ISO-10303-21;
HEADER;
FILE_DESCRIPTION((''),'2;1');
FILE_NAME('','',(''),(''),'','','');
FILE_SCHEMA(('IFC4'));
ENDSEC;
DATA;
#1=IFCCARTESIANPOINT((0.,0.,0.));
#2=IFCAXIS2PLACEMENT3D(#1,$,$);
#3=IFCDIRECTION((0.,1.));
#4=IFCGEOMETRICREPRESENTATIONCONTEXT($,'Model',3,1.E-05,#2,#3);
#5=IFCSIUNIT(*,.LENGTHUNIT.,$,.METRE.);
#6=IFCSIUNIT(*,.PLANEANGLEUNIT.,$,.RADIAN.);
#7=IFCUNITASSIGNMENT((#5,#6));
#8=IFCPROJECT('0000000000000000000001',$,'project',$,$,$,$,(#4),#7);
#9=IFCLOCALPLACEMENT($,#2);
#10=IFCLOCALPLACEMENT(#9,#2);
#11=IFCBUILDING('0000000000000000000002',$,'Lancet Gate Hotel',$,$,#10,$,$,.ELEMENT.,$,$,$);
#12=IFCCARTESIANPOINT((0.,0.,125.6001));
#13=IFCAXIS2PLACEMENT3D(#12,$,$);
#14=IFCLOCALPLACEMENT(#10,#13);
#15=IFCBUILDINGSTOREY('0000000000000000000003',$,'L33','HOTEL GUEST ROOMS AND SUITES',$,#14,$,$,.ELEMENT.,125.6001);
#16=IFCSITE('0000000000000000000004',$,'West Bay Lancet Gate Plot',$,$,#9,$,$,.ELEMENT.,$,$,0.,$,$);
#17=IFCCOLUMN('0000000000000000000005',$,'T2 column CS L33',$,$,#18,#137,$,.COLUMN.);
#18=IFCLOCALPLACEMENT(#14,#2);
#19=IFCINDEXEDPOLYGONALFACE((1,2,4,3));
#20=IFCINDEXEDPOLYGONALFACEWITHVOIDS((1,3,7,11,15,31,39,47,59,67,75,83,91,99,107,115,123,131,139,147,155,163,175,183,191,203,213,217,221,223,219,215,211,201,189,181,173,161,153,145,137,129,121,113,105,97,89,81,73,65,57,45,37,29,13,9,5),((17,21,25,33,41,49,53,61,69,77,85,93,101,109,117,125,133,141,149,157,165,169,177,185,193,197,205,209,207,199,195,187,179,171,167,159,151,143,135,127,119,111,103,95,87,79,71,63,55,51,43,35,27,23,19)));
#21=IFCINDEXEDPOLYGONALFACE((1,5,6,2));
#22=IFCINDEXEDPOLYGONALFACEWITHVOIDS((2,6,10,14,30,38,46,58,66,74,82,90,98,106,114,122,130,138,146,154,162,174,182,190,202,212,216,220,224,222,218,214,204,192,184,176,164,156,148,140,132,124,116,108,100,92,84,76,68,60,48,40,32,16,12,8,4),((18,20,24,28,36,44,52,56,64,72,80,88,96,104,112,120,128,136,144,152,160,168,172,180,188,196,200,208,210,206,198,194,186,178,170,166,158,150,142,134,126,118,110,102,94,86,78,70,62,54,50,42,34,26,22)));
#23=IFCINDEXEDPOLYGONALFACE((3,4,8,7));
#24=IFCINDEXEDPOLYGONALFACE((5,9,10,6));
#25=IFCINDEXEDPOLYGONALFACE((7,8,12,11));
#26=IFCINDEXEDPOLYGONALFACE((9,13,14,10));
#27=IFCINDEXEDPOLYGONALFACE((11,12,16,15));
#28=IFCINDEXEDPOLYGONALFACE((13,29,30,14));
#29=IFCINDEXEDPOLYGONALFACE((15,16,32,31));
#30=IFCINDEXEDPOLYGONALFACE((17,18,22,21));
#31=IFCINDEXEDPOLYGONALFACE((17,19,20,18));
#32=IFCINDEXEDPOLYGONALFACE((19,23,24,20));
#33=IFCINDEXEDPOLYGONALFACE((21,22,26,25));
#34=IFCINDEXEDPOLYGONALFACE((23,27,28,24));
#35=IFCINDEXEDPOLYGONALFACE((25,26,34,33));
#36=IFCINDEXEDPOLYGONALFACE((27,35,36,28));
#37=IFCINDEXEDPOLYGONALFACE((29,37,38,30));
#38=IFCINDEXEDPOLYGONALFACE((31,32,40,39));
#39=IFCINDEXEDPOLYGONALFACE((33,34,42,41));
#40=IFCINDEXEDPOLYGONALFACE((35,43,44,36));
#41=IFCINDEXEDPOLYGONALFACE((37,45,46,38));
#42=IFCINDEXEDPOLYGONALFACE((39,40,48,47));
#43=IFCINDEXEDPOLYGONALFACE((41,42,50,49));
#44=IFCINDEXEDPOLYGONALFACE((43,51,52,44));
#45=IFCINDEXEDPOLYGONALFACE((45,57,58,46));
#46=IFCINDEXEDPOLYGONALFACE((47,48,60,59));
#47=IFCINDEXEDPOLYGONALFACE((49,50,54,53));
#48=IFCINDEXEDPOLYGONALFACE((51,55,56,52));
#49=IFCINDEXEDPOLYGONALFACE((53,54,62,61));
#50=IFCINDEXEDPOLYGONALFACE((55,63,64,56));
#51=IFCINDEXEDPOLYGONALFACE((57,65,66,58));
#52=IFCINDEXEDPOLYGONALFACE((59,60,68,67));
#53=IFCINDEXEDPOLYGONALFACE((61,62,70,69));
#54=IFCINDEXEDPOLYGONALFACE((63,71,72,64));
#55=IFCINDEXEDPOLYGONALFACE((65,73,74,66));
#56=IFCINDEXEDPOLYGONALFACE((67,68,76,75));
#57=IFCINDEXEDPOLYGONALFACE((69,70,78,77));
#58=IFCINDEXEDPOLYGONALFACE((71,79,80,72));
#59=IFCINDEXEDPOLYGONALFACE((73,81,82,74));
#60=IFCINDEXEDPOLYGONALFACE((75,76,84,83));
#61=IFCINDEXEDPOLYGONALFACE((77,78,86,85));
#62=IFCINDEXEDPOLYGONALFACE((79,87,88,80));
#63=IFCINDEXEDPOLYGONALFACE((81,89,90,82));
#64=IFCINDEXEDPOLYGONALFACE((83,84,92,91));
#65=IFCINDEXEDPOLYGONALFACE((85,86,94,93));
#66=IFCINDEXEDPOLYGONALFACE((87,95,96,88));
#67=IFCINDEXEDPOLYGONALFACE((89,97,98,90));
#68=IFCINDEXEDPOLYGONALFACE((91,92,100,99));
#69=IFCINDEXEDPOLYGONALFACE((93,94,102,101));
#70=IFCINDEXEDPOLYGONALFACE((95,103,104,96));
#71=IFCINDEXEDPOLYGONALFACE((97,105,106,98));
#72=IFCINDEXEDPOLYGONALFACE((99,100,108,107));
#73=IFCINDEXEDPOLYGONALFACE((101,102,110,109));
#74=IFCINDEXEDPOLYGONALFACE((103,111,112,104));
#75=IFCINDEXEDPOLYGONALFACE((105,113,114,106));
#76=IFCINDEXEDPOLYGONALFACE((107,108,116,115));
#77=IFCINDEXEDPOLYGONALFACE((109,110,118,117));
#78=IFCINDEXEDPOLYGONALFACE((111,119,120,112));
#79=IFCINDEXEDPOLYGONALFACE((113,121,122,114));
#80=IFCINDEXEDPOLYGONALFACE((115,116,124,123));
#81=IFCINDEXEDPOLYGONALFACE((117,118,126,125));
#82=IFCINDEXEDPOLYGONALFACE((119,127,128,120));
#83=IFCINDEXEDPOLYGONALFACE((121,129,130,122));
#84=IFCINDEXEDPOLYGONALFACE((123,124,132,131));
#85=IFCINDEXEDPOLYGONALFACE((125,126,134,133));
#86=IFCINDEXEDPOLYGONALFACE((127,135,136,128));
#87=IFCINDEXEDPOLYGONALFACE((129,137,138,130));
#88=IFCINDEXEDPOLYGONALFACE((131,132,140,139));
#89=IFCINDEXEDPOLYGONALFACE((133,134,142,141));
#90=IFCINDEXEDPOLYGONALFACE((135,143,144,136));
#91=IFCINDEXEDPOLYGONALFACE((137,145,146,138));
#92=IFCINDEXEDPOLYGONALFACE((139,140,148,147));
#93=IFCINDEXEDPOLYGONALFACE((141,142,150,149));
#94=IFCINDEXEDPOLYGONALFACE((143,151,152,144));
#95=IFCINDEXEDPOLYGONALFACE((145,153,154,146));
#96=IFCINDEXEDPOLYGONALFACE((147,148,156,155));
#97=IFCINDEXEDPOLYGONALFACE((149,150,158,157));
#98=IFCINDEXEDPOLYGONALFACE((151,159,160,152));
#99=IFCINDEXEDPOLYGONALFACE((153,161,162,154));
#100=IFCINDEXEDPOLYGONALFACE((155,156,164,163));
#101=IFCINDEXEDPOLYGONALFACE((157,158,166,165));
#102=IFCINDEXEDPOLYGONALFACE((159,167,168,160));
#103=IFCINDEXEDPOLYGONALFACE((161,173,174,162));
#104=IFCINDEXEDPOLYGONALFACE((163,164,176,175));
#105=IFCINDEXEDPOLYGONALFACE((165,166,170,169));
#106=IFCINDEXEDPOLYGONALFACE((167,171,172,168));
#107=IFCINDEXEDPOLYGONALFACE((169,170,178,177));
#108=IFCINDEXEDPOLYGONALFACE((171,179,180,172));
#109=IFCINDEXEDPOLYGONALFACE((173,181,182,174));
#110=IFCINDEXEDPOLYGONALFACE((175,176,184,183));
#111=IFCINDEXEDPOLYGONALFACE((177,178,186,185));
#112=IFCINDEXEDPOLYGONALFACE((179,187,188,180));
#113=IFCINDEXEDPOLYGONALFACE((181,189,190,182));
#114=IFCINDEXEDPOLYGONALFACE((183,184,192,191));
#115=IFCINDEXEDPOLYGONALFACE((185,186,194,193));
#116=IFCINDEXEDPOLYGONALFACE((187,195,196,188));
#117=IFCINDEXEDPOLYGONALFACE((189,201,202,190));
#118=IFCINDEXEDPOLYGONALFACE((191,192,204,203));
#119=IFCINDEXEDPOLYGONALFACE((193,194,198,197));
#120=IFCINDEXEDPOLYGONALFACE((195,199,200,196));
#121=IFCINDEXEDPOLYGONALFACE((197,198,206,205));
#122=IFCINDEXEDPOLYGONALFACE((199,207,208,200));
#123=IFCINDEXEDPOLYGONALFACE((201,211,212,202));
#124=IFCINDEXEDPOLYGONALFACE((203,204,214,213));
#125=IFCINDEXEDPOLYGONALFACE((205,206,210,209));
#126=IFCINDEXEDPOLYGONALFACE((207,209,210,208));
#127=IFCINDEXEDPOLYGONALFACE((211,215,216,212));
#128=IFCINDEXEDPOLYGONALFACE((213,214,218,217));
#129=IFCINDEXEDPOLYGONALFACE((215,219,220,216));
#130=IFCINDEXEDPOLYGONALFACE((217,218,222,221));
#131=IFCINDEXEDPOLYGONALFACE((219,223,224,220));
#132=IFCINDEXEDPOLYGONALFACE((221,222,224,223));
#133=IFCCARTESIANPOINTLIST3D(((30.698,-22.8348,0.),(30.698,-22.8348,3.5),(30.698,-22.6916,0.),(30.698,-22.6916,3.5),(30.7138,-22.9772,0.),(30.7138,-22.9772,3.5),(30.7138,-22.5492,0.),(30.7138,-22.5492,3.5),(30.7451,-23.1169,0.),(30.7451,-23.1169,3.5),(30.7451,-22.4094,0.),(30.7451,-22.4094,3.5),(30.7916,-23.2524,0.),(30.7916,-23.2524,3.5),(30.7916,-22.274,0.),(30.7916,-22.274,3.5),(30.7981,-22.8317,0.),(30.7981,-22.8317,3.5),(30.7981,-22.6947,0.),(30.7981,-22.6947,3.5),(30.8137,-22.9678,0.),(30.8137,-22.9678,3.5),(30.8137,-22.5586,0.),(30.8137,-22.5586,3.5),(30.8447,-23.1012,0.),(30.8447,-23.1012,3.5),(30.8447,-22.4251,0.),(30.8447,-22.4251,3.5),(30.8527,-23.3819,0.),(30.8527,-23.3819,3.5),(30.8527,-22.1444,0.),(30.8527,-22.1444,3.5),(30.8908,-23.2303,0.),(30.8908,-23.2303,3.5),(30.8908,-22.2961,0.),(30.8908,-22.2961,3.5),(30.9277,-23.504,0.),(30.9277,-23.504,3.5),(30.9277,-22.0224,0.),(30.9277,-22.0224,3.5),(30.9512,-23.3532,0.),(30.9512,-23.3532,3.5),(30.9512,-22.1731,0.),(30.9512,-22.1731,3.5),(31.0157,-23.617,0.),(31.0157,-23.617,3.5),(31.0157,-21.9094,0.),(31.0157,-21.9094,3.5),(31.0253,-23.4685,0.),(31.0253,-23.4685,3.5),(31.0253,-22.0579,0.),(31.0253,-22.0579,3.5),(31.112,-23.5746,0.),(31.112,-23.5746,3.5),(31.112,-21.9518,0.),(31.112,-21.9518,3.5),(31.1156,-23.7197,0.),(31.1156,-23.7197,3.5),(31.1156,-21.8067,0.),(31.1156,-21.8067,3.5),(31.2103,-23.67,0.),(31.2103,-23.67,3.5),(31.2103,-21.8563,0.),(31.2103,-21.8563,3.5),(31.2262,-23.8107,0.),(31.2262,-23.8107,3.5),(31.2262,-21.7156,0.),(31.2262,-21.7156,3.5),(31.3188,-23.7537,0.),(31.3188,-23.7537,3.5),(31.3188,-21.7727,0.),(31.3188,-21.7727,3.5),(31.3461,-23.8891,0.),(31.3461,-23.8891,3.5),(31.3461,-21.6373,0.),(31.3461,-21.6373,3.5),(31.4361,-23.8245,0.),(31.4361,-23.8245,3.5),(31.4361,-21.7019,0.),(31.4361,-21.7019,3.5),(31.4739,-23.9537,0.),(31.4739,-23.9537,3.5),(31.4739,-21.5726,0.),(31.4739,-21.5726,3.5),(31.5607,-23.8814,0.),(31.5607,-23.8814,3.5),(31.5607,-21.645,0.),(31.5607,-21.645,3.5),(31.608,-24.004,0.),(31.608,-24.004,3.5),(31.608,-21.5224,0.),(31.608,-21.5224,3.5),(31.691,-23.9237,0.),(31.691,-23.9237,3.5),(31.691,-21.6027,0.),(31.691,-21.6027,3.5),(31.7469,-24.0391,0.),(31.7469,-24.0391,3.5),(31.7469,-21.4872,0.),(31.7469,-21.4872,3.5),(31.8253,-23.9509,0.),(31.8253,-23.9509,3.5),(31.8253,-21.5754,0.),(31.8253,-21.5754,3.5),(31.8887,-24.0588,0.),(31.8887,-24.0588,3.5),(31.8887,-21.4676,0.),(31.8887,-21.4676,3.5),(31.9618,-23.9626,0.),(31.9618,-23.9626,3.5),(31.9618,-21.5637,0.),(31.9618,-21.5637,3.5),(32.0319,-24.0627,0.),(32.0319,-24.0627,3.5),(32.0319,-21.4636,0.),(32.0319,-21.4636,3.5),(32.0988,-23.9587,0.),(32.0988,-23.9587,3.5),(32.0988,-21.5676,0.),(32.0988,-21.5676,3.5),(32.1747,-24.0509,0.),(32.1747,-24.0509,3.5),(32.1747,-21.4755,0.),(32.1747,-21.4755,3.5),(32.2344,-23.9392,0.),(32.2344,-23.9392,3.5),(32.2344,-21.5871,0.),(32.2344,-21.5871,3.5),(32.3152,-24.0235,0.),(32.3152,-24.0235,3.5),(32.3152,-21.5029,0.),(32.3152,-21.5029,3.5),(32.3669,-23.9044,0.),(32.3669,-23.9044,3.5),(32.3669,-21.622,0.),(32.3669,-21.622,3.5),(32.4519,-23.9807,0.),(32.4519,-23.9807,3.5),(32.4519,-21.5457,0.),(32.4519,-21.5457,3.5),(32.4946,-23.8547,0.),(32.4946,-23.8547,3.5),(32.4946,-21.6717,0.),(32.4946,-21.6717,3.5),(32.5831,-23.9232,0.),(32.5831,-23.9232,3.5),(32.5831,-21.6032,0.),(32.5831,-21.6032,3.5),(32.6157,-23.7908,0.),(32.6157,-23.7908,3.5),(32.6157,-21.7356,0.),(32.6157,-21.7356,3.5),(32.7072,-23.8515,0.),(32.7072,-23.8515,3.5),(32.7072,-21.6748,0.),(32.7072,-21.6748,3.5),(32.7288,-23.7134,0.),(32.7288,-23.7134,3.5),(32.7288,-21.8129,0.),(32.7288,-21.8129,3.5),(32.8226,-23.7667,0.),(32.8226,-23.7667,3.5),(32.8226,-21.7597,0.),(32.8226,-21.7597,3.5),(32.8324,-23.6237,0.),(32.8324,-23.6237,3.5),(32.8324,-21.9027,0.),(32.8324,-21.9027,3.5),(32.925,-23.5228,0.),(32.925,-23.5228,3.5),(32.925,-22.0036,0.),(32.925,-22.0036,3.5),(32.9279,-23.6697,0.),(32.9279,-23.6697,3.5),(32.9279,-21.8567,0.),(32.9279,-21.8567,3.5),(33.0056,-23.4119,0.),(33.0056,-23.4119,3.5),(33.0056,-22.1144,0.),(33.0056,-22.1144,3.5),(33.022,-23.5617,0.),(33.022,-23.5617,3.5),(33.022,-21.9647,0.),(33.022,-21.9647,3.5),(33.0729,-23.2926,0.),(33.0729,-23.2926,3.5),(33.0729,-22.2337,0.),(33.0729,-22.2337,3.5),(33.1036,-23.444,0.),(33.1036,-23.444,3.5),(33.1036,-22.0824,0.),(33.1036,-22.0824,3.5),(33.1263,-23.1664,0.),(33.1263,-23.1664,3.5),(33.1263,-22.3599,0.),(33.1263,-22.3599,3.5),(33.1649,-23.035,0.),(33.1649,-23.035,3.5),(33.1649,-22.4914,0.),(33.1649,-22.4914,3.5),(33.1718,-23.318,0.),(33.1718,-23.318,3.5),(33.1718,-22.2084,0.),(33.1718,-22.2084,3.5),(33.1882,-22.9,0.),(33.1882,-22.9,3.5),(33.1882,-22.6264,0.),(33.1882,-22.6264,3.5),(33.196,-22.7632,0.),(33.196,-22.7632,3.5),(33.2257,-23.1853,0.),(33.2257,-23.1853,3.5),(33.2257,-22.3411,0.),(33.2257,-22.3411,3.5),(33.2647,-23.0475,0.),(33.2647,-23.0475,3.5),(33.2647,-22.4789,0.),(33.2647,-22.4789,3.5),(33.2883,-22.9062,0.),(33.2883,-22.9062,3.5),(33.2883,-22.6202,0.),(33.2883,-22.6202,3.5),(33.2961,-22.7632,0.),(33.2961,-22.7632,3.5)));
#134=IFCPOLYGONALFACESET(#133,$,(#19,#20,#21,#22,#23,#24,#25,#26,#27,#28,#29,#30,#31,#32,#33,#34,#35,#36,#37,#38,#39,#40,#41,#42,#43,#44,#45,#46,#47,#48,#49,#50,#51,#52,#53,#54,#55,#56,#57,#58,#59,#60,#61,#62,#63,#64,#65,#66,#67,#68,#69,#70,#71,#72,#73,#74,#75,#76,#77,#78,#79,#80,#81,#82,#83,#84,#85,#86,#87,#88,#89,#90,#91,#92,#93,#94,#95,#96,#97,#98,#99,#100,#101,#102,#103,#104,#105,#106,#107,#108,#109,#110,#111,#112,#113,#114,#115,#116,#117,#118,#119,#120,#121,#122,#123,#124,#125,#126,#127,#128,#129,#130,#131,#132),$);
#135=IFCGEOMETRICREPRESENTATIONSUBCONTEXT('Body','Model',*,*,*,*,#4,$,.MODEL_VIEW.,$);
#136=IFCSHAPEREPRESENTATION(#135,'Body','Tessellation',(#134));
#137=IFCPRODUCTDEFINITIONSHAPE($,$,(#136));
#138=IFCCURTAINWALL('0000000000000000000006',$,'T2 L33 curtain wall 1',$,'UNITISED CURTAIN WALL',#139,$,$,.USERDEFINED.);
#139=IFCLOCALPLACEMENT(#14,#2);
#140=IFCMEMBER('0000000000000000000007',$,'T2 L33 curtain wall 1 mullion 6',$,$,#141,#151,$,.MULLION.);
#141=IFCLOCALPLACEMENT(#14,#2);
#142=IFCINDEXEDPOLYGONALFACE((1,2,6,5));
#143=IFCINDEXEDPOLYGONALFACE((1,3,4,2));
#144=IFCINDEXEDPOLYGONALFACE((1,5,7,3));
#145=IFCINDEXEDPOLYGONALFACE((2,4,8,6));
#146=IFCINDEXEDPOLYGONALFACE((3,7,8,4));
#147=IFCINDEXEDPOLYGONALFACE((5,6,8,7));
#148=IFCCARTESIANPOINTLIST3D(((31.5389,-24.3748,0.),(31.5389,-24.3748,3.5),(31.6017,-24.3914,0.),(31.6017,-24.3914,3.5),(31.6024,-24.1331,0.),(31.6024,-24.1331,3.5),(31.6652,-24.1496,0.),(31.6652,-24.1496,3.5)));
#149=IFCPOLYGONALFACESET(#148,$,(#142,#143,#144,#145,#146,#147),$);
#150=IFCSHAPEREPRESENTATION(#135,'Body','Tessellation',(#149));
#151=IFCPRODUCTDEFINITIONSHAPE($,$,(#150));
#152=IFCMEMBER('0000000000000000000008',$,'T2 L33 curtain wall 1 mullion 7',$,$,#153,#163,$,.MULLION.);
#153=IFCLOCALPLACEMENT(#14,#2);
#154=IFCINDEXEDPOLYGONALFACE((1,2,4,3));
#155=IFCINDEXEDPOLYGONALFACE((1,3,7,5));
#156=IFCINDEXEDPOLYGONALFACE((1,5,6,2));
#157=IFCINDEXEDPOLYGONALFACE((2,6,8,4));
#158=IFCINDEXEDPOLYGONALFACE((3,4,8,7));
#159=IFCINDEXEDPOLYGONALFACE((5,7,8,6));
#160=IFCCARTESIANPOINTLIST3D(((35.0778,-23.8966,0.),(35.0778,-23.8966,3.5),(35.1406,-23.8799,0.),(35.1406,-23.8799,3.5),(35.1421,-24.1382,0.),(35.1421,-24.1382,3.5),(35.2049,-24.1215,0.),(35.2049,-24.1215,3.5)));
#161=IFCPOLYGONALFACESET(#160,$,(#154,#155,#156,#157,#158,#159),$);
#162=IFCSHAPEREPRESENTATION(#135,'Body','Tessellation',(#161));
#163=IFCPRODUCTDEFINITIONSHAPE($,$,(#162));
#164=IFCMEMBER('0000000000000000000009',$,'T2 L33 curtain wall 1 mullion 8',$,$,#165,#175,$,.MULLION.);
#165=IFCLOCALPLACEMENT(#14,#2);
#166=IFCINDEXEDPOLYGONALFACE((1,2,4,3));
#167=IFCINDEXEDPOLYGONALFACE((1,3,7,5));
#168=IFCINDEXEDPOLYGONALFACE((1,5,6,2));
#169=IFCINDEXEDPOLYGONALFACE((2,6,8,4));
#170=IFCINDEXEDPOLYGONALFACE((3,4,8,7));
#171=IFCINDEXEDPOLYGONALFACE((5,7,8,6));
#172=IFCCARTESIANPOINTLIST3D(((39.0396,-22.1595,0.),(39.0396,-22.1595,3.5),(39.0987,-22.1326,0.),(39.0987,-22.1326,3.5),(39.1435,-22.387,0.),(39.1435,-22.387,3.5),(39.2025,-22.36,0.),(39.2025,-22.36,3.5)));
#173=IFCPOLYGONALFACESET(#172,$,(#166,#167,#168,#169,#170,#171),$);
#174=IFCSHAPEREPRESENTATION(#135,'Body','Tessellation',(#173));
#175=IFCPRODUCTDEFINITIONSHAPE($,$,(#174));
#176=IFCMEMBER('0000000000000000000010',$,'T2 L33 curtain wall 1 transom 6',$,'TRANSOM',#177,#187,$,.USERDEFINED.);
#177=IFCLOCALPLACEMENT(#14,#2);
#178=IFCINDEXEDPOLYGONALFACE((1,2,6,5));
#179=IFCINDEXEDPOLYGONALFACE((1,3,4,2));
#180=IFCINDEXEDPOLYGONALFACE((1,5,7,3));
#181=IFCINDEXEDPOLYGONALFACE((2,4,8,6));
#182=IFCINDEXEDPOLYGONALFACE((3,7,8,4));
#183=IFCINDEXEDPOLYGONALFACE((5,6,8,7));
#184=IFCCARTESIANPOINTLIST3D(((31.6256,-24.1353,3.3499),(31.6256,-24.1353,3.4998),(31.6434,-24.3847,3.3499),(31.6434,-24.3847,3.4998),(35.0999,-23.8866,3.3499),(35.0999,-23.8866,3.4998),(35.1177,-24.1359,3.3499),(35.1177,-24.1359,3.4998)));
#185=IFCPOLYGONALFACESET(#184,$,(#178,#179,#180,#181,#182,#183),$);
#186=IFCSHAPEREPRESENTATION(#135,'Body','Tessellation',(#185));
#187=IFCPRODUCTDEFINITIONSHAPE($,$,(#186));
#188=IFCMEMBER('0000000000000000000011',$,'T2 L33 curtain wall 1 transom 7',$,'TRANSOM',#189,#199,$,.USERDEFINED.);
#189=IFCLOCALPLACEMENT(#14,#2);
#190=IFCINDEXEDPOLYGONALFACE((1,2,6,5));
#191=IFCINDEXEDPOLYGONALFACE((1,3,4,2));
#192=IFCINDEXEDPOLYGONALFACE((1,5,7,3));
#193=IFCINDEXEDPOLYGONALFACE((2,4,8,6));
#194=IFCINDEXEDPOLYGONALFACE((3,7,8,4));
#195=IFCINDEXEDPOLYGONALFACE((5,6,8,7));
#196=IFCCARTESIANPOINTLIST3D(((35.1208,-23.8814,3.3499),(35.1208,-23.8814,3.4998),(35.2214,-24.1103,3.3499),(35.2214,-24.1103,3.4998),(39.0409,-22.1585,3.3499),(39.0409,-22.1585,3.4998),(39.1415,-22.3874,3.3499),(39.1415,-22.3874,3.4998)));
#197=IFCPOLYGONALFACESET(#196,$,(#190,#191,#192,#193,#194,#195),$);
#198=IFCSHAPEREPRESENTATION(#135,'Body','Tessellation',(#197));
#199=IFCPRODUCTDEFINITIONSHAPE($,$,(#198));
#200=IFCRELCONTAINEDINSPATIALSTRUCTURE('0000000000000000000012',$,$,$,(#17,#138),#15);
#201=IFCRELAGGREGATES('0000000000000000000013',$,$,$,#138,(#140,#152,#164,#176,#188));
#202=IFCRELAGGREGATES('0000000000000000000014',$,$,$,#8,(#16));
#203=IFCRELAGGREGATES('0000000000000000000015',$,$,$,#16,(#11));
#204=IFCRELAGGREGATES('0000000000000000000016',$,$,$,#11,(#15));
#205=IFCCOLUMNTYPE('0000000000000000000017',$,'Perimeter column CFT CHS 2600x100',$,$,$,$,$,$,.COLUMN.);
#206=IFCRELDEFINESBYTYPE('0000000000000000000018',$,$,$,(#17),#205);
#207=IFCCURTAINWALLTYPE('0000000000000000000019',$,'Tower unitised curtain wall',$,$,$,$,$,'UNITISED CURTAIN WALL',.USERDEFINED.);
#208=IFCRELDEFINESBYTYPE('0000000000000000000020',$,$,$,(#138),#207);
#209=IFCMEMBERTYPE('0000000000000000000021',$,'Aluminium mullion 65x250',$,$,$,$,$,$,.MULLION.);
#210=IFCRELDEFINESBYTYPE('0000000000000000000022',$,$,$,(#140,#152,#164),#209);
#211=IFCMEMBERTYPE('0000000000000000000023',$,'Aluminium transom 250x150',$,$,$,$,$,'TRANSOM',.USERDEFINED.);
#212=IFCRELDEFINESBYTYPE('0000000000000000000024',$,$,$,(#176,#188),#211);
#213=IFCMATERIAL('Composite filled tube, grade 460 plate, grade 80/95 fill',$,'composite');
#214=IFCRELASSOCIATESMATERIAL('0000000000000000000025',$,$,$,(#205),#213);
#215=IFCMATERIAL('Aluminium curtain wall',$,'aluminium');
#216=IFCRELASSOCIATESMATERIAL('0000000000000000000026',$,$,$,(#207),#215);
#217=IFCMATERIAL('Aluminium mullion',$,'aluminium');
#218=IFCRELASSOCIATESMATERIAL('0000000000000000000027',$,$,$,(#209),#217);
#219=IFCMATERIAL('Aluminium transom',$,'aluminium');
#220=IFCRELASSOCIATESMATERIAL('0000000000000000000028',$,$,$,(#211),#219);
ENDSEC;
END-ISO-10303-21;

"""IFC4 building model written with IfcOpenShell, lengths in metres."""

from ifc_helpers import new_model, si_unit, direction, frame, origin, origin_2d, place, context, subcontext, project, spatial, rectangle, hollow_circle, extrude, material, material_profile, profile_set, type_object, element, aggregate, save


model = new_model("IFC4")

# Units and contexts
model_context = context("Model", 3, precision=1e-05, world=origin(), true_north=direction((0.0, 1.0)))
body_context = subcontext(model_context, "Body", "Model", "MODEL_VIEW")
ifc_project = project(units=[si_unit("LENGTHUNIT", "METRE"), si_unit("PLANEANGLEUNIT", "RADIAN")], contexts=[model_context])

# Site, building, storey
site_placement = place(None, origin())
site = spatial("IfcSite", under=ifc_project, at=site_placement, Name="West Bay Lancet Gate Plot", CompositionType="ELEMENT", RefElevation=0.0)
building_placement = place(site_placement, origin())
building = spatial("IfcBuilding", under=site, at=building_placement, Name="Lancet Gate Hotel", CompositionType="ELEMENT")
storey_placement = place(building_placement, frame((0.0, 0.0, 125.6001)))
storey = spatial("IfcBuildingStorey", under=building, at=storey_placement, Name="L33", Description="HOTEL GUEST ROOMS AND SUITES", CompositionType="ELEMENT", Elevation=125.6001)

# Column
ifc_material_1 = material(Name="Composite filled tube, grade 460 plate, grade 80/95 fill", Category="composite")
ifc_material_profile_1 = material_profile(ifc_material_1, hollow_circle(Radius=1.3, WallThickness=0.1001, at=origin_2d()), Name="CHS 2600x100")
ifc_profile_set_1 = profile_set([ifc_material_profile_1], Name="Composite filled tube, grade 460 plate, grade 80/95 fill")
column_type = type_object("IfcColumnType", Name="Perimeter column CFT CHS 2600x100", PredefinedType="COLUMN", material=ifc_profile_set_1)
column_placement = place(storey_placement, frame((31.9961, -22.7632, 0.0), z_axis=(0.0, 0.0, 1.0), x_axis=(1.0, 0.0, 0.0)))
element("IfcColumn", 1, at=column_placement, inside=storey, type_object=column_type, Name="T2 column CS L33", PredefinedType="COLUMN", context=body_context, shape_type="SweptSolid", body=[
    extrude(hollow_circle(Radius=1.3, WallThickness=0.1001, at=origin_2d()), origin(), (0.0, 0.0, 1.0), 3.5),
])

# Curtain wall, members
ifc_material_2 = material(Name="Aluminium curtain wall", Category="aluminium")
curtain_wall_type = type_object("IfcCurtainWallType", Name="Tower unitised curtain wall", ElementType="UNITISED CURTAIN WALL", PredefinedType="USERDEFINED", material=ifc_material_2)
curtain_wall_placement = place(storey_placement, origin())
curtain_wall = element("IfcCurtainWall", 2, at=curtain_wall_placement, inside=storey, type_object=curtain_wall_type, Name="T2 L33 curtain wall 1", ObjectType="UNITISED CURTAIN WALL", PredefinedType="USERDEFINED")
ifc_material_3 = material(Name="Aluminium mullion", Category="aluminium")
ifc_material_profile_2 = material_profile(ifc_material_3, rectangle(XDim=0.0649, YDim=0.25, at=origin_2d()), Name="MULLION 65x250")
ifc_profile_set_2 = profile_set([ifc_material_profile_2], Name="Aluminium mullion")
member_type_1 = type_object("IfcMemberType", Name="Aluminium mullion 65x250", PredefinedType="MULLION", material=ifc_profile_set_2)
member_1_placement = place(storey_placement, frame((31.6021, -24.2622, 0.0), z_axis=(0.0, 0.0, 1.0), x_axis=(0.967157, -0.254179, 0.0)))
member_1 = element("IfcMember", 3, at=member_1_placement, type_object=member_type_1, Name="T2 L33 curtain wall 1 mullion 6", PredefinedType="MULLION", context=body_context, shape_type="SweptSolid", body=[
    extrude(rectangle(XDim=0.0649, YDim=0.25, at=origin_2d()), origin(), (0.0, 0.0, 1.0), 3.5),
])
member_2_placement = place(storey_placement, frame((35.1414, -24.009, 0.0), z_axis=(0.0, 0.0, 1.0), x_axis=(0.966317, 0.257353, 0.0)))
member_2 = element("IfcMember", 4, at=member_2_placement, type_object=member_type_1, Name="T2 L33 curtain wall 1 mullion 7", PredefinedType="MULLION", context=body_context, shape_type="SweptSolid", body=[
    extrude(rectangle(XDim=0.0649, YDim=0.25, at=origin_2d()), origin(), (0.0, 0.0, 1.0), 3.5),
])
member_3_placement = place(storey_placement, frame((39.1211, -22.2598, 0.0), z_axis=(0.0, 0.0, 1.0), x_axis=(0.909673, 0.415326, 0.0)))
member_3 = element("IfcMember", 5, at=member_3_placement, type_object=member_type_1, Name="T2 L33 curtain wall 1 mullion 8", PredefinedType="MULLION", context=body_context, shape_type="SweptSolid", body=[
    extrude(rectangle(XDim=0.0649, YDim=0.25, at=origin_2d()), origin(), (0.0, 0.0, 1.0), 3.5),
])
ifc_material_4 = material(Name="Aluminium transom", Category="aluminium")
ifc_material_profile_3 = material_profile(ifc_material_4, rectangle(XDim=0.25, YDim=0.1499, at=origin_2d()), Name="TRANSOM 250x150")
ifc_profile_set_3 = profile_set([ifc_material_profile_3], Name="Aluminium transom")
member_type_2 = type_object("IfcMemberType", Name="Aluminium transom 250x150", ElementType="TRANSOM", PredefinedType="USERDEFINED", material=ifc_profile_set_3)
member_4_placement = place(storey_placement, frame((31.6345, -24.26, 3.4248), z_axis=(0.997446, 0.071421, 0.0), x_axis=(-0.071421, 0.997446, 0.0)))
member_4 = element("IfcMember", 6, at=member_4_placement, type_object=member_type_2, Name="T2 L33 curtain wall 1 transom 6", ObjectType="TRANSOM", PredefinedType="USERDEFINED", context=body_context, shape_type="SweptSolid", body=[
    extrude(rectangle(XDim=0.25, YDim=0.1499, at=origin_2d()), origin(), (0.0, 0.0, 1.0), 3.4832),
])
member_5_placement = place(storey_placement, frame((35.1711, -23.9958, 3.4248), z_axis=(0.915485, 0.402353, 0.0), x_axis=(-0.402353, 0.915485, 0.0)))
member_5 = element("IfcMember", 7, at=member_5_placement, type_object=member_type_2, Name="T2 L33 curtain wall 1 transom 7", ObjectType="TRANSOM", PredefinedType="USERDEFINED", context=body_context, shape_type="SweptSolid", body=[
    extrude(rectangle(XDim=0.25, YDim=0.1499, at=origin_2d()), origin(), (0.0, 0.0, 1.0), 4.282),
])

aggregate(curtain_wall, [member_1, member_2, member_3, member_4, member_5])

save(model, "model.ifc")
